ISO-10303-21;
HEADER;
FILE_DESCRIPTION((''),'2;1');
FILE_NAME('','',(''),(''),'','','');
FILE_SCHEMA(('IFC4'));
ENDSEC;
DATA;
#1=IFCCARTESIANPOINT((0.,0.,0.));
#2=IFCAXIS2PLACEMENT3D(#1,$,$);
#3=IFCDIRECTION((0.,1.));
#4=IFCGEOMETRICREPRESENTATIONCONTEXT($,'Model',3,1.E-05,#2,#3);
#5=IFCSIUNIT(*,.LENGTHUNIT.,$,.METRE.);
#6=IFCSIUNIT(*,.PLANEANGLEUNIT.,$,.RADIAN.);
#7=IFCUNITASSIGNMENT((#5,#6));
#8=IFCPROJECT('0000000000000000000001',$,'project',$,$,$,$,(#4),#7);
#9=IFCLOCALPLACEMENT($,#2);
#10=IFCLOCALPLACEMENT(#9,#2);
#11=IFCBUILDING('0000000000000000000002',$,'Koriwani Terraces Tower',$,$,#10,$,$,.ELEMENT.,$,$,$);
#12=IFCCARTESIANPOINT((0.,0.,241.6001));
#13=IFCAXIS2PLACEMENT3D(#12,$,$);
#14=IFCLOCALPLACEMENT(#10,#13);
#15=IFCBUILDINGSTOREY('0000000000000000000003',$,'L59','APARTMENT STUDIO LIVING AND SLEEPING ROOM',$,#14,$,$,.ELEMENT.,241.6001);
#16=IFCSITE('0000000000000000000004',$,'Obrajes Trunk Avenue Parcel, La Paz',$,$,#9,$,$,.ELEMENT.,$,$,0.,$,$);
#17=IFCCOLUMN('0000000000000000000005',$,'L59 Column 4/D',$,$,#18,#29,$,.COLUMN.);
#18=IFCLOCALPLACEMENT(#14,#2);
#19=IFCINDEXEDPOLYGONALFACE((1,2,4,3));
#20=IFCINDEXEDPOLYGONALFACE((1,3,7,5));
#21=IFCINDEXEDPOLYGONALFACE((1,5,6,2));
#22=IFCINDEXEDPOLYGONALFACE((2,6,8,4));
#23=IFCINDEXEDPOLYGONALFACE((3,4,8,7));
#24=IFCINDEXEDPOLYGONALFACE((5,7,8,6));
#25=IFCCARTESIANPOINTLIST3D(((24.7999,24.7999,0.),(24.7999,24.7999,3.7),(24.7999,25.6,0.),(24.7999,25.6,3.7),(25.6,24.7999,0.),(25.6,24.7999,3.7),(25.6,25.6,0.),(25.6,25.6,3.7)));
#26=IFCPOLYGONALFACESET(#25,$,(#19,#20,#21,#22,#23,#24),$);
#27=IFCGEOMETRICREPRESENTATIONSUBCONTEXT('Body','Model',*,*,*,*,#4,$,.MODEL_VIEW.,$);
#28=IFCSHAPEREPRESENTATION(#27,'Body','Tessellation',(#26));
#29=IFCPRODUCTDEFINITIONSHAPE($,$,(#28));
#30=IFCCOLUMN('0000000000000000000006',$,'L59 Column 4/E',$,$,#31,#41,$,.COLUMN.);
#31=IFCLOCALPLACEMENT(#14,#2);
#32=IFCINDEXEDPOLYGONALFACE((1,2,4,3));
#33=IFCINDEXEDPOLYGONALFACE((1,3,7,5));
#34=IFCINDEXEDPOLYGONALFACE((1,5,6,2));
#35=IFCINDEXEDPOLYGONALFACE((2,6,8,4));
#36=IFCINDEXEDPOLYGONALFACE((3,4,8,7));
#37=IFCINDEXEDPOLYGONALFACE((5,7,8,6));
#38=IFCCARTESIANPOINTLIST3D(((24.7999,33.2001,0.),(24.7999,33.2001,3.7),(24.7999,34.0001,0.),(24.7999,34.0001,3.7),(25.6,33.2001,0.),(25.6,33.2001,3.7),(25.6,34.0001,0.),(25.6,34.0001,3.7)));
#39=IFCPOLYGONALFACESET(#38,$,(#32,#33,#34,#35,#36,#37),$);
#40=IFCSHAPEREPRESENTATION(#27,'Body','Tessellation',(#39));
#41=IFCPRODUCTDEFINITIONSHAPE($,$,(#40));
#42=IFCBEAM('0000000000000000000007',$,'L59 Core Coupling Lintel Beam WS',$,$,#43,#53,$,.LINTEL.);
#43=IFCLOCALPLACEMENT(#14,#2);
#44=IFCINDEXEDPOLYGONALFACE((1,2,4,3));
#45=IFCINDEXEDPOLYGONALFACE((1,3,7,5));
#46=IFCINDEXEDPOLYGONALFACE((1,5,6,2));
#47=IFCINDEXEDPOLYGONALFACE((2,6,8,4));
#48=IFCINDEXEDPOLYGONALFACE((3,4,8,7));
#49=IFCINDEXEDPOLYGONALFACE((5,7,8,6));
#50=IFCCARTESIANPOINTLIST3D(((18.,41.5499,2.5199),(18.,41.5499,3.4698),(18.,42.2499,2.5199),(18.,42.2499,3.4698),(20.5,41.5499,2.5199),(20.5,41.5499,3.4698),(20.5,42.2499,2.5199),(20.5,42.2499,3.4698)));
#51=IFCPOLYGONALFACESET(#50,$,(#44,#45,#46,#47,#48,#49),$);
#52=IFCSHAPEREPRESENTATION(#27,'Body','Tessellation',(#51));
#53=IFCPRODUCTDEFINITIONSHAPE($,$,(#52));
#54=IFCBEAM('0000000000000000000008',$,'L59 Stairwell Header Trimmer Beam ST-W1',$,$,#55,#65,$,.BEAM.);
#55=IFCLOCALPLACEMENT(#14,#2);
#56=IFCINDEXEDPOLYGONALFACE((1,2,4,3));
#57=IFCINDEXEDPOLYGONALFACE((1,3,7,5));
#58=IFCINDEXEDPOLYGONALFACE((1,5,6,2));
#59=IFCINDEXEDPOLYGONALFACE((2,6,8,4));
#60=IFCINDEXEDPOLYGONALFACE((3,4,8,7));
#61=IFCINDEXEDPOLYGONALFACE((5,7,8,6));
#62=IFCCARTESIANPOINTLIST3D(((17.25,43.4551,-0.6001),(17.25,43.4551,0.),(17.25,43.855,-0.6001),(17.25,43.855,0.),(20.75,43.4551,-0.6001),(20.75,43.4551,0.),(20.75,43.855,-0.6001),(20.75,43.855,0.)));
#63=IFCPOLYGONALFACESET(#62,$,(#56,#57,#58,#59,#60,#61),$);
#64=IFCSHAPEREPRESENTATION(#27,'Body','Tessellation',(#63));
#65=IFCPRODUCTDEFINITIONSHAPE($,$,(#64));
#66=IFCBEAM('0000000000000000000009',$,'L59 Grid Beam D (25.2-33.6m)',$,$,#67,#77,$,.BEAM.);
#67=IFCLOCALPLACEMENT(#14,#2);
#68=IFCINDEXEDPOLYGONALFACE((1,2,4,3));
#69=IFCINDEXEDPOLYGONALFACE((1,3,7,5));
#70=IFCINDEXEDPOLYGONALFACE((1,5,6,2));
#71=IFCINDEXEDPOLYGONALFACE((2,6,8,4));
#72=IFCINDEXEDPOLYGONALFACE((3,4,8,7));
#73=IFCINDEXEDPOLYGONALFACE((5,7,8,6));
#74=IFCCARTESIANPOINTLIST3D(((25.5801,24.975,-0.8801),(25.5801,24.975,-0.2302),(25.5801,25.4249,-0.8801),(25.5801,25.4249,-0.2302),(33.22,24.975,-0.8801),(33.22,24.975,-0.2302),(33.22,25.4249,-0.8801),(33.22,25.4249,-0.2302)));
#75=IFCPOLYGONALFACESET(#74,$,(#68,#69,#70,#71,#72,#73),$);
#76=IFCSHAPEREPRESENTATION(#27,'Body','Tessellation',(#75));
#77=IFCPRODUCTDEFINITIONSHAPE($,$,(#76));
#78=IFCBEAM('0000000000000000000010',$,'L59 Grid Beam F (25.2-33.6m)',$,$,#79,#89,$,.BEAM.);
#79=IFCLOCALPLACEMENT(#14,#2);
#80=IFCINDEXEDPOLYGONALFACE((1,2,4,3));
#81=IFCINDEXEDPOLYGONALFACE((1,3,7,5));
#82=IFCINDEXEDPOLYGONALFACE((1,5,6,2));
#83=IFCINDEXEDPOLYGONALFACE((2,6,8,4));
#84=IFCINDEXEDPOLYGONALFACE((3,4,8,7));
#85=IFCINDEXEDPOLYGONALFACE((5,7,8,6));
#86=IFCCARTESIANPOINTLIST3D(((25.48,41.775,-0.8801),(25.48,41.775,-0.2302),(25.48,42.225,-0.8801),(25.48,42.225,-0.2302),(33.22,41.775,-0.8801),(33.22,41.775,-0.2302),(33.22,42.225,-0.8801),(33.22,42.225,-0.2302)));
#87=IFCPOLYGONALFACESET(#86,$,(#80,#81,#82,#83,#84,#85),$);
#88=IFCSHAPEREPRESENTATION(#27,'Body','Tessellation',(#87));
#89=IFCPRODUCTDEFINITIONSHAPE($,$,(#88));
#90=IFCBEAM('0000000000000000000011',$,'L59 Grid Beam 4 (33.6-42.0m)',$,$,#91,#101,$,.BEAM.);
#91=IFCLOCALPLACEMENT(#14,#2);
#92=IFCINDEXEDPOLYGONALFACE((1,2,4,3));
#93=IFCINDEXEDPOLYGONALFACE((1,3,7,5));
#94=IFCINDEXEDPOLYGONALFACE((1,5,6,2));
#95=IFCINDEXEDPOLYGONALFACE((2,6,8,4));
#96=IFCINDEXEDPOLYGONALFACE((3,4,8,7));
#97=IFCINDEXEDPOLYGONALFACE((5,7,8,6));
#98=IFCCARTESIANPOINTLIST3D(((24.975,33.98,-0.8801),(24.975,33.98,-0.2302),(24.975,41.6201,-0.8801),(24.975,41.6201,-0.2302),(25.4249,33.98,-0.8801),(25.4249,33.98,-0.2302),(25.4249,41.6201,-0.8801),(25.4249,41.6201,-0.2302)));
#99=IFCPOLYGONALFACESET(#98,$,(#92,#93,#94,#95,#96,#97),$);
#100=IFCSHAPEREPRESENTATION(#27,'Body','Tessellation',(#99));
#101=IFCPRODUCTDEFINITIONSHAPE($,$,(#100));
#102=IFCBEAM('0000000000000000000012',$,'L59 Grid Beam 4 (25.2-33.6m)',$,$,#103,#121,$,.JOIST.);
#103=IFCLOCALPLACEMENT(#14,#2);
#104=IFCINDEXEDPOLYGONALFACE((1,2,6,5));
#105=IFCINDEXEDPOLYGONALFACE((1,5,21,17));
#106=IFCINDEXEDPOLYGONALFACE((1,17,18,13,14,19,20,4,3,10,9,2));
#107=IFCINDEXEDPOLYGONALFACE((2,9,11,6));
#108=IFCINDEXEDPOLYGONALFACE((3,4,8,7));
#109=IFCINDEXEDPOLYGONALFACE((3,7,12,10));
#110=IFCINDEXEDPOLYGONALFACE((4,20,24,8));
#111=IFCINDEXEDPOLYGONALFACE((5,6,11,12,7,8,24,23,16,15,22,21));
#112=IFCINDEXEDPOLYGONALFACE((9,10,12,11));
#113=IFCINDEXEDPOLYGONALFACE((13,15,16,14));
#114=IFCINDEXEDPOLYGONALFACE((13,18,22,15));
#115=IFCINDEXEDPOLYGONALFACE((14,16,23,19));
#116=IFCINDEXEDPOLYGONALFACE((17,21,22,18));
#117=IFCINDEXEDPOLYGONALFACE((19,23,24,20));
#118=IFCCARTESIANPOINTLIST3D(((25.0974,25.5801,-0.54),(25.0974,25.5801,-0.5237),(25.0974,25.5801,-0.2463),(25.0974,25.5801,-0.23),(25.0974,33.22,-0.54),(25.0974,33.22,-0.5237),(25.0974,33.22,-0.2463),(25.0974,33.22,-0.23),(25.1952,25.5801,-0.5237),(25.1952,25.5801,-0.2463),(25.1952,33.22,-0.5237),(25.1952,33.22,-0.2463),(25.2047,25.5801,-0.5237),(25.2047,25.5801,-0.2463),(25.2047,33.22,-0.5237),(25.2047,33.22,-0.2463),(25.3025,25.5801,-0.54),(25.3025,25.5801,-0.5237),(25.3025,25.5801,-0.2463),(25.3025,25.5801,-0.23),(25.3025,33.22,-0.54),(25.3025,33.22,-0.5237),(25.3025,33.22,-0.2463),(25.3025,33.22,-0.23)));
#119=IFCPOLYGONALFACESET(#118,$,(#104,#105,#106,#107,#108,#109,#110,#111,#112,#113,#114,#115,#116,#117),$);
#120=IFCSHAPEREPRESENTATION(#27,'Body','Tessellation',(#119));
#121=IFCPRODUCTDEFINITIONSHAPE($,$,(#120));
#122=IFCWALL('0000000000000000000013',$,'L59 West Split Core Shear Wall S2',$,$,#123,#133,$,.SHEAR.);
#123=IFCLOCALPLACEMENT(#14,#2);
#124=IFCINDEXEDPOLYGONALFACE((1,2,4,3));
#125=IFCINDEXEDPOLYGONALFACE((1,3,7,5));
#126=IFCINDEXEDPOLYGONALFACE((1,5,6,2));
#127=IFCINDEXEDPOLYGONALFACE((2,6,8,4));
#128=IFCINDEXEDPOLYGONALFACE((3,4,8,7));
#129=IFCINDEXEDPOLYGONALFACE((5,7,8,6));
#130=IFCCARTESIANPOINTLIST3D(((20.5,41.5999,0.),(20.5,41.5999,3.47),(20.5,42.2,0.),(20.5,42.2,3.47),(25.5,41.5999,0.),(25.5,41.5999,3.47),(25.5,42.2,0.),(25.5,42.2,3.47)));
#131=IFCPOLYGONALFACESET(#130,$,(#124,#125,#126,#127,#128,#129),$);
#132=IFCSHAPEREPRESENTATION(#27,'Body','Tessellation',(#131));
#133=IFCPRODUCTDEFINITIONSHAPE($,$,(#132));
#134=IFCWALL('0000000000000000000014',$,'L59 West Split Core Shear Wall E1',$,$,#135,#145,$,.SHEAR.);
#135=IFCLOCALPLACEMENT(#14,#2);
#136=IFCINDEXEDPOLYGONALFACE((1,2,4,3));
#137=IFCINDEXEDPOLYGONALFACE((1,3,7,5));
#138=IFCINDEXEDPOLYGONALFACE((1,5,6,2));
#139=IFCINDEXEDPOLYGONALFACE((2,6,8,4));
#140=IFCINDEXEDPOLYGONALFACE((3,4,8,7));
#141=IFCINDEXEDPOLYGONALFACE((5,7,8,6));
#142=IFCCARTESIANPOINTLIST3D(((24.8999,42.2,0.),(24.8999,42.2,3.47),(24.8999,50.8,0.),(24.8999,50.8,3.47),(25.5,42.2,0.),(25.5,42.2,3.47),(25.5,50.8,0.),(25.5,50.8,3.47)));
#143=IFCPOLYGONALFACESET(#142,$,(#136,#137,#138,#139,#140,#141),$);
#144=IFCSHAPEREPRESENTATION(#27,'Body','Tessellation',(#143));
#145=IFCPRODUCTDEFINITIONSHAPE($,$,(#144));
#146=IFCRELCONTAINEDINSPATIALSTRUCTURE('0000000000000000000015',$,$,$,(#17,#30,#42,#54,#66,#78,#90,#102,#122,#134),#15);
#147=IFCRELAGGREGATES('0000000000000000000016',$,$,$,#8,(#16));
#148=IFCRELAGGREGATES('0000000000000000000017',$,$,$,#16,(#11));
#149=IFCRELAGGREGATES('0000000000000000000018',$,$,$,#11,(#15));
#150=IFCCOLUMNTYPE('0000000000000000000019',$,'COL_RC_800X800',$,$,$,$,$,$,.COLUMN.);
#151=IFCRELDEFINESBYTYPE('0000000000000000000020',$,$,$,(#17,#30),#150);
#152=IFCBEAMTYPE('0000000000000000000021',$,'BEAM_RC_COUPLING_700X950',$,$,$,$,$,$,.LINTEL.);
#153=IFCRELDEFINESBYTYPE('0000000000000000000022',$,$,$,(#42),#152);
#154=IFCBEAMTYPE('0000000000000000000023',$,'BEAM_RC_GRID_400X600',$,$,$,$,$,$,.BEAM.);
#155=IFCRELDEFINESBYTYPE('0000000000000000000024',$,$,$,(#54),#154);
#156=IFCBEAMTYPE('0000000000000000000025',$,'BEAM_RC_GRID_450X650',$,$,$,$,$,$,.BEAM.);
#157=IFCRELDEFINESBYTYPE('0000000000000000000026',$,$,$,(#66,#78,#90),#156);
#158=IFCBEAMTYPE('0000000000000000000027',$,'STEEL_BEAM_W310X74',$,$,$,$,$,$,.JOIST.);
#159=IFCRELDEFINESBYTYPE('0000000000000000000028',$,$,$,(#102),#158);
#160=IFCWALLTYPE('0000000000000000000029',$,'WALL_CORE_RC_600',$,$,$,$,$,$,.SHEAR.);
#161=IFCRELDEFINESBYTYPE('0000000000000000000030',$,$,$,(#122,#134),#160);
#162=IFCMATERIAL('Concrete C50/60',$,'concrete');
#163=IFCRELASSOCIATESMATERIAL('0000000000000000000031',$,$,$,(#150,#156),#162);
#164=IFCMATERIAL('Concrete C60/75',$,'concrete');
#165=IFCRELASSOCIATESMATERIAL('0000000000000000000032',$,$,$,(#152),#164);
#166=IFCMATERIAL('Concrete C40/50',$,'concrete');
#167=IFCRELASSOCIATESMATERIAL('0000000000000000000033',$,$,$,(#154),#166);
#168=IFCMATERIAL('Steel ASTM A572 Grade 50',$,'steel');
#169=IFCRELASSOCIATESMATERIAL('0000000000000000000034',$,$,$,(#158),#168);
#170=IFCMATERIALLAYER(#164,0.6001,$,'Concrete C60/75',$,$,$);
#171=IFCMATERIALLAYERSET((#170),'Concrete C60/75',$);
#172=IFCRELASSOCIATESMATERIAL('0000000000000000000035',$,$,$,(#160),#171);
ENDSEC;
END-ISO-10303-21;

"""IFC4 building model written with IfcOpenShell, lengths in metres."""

from ifc_helpers import new_model, si_unit, direction, frame, frame_2d, origin, origin_2d, place, context, subcontext, project, spatial, rectangle, i_section, extrude, material, layer, layer_set, material_profile, profile_set, type_object, element, save


model = new_model("IFC4")

# Units and contexts
model_context = context("Model", 3, precision=1e-05, world=origin(), true_north=direction((0.0, 1.0)))
body_context = subcontext(model_context, "Body", "Model", "MODEL_VIEW")
ifc_project = project(units=[si_unit("LENGTHUNIT", "METRE"), si_unit("PLANEANGLEUNIT", "RADIAN")], contexts=[model_context])

# Site, building, storey
site_placement = place(None, origin())
site = spatial("IfcSite", under=ifc_project, at=site_placement, Name="Obrajes Trunk Avenue Parcel, La Paz", CompositionType="ELEMENT", RefElevation=0.0)
building_placement = place(site_placement, origin())
building = spatial("IfcBuilding", under=site, at=building_placement, Name="Koriwani Terraces Tower", CompositionType="ELEMENT")
storey_placement = place(building_placement, frame((0.0, 0.0, 241.6001)))
storey = spatial("IfcBuildingStorey", under=building, at=storey_placement, Name="L59", Description="APARTMENT STUDIO LIVING AND SLEEPING ROOM", CompositionType="ELEMENT", Elevation=241.6001)

# Columns
ifc_material_1 = material(Name="Concrete C50/60", Category="concrete")
ifc_material_profile_1 = material_profile(ifc_material_1, rectangle(XDim=0.8, YDim=0.8, at=origin_2d()), Name="Concrete C50/60", Category="LoadBearing")
ifc_profile_set_1 = profile_set([ifc_material_profile_1], Name="Concrete C50/60")
column_type = type_object("IfcColumnType", Name="COL_RC_800X800", PredefinedType="COLUMN", material=ifc_profile_set_1)
for number, where, z_axis, x_axis, name in (
    (1, (25.2, 25.2, 0.0), (0.0, 0.0, 1.0), (1.0, 0.0, 0.0), "L59 Column 4/D"),
    (2, (25.2, 33.6001, 0.0), (0.0, 0.0, 1.0), (1.0, 0.0, 0.0), "L59 Column 4/E"),
):
    element("IfcColumn", number, at=place(storey_placement, frame(where, z_axis=z_axis, x_axis=x_axis)), inside=storey, type_object=column_type, Name=name, PredefinedType="COLUMN", context=body_context, shape_type="SweptSolid", body=[
        extrude(rectangle(XDim=0.8, YDim=0.8, at=origin_2d()), origin(), (0.0, 0.0, 1.0), 3.7),
    ])

# Beams
ifc_material_2 = material(Name="Concrete C60/75", Category="concrete")
ifc_material_profile_2 = material_profile(ifc_material_2, rectangle(XDim=0.7, YDim=0.95, at=origin_2d()), Name="Concrete C60/75", Category="LoadBearing")
ifc_profile_set_2 = profile_set([ifc_material_profile_2], Name="Concrete C60/75")
beam_type_1 = type_object("IfcBeamType", Name="BEAM_RC_COUPLING_700X950", PredefinedType="LINTEL", material=ifc_profile_set_2)
beam_1_placement = place(storey_placement, frame((18.0, 41.8999, 2.9949), z_axis=(1.0, 0.0, 0.0), x_axis=(0.0, 1.0, 0.0)))
element("IfcBeam", 3, at=beam_1_placement, inside=storey, type_object=beam_type_1, Name="L59 Core Coupling Lintel Beam WS", PredefinedType="LINTEL", context=body_context, shape_type="SweptSolid", body=[
    extrude(rectangle(XDim=0.7, YDim=0.95, at=origin_2d()), origin(), (0.0, 0.0, 1.0), 2.5),
])
ifc_material_3 = material(Name="Concrete C40/50", Category="concrete")
ifc_material_profile_3 = material_profile(ifc_material_3, rectangle(XDim=0.3999, YDim=0.6001, at=origin_2d()), Name="Concrete C40/50", Category="LoadBearing")
ifc_profile_set_3 = profile_set([ifc_material_profile_3], Name="Concrete C40/50")
beam_type_2 = type_object("IfcBeamType", Name="BEAM_RC_GRID_400X600", PredefinedType="BEAM", material=ifc_profile_set_3)
beam_2_placement = place(storey_placement, frame((17.25, 43.655, -0.3), z_axis=(1.0, 0.0, 0.0), x_axis=(0.0, 1.0, 0.0)))
element("IfcBeam", 4, at=beam_2_placement, inside=storey, type_object=beam_type_2, Name="L59 Stairwell Header Trimmer Beam ST-W1", PredefinedType="BEAM", context=body_context, shape_type="SweptSolid", body=[
    extrude(rectangle(XDim=0.3999, YDim=0.6001, at=origin_2d()), origin(), (0.0, 0.0, 1.0), 3.5),
])
ifc_material_profile_4 = material_profile(ifc_material_1, rectangle(XDim=0.45, YDim=0.6499, at=origin_2d()), Name="Concrete C50/60", Category="LoadBearing")
ifc_profile_set_4 = profile_set([ifc_material_profile_4], Name="Concrete C50/60")
beam_type_3 = type_object("IfcBeamType", Name="BEAM_RC_GRID_450X650", PredefinedType="BEAM", material=ifc_profile_set_4)
beam_3_placement = place(storey_placement, frame((25.5801, 25.2, -0.5552), z_axis=(1.0, 0.0, 0.0), x_axis=(0.0, 1.0, 0.0)))
element("IfcBeam", 5, at=beam_3_placement, inside=storey, type_object=beam_type_3, Name="L59 Grid Beam D (25.2-33.6m)", PredefinedType="BEAM", context=body_context, shape_type="SweptSolid", body=[
    extrude(rectangle(XDim=0.45, YDim=0.6499, at=origin_2d()), origin(), (0.0, 0.0, 1.0), 7.6399),
])
beam_4_placement = place(storey_placement, frame((25.48, 42.0, -0.5552), z_axis=(1.0, 0.0, 0.0), x_axis=(0.0, 1.0, 0.0)))
element("IfcBeam", 6, at=beam_4_placement, inside=storey, type_object=beam_type_3, Name="L59 Grid Beam F (25.2-33.6m)", PredefinedType="BEAM", context=body_context, shape_type="SweptSolid", body=[
    extrude(rectangle(XDim=0.45, YDim=0.6499, at=origin_2d()), origin(), (0.0, 0.0, 1.0), 7.74),
])
beam_5_placement = place(storey_placement, frame((25.2, 33.98, -0.5552), z_axis=(0.0, 1.0, 0.0), x_axis=(-1.0, 0.0, 0.0)))
element("IfcBeam", 7, at=beam_5_placement, inside=storey, type_object=beam_type_3, Name="L59 Grid Beam 4 (33.6-42.0m)", PredefinedType="BEAM", context=body_context, shape_type="SweptSolid", body=[
    extrude(rectangle(XDim=0.45, YDim=0.6499, at=origin_2d()), origin(), (0.0, 0.0, 1.0), 7.6401),
])
ifc_material_4 = material(Name="Steel ASTM A572 Grade 50", Category="steel")
ifc_material_profile_5 = material_profile(ifc_material_4, i_section(OverallWidth=0.2051, OverallDepth=0.3101, WebThickness=0.0095, FlangeThickness=0.0164, at=origin_2d()), Name="Steel ASTM A572 Grade 50", Category="LoadBearing")
ifc_profile_set_5 = profile_set([ifc_material_profile_5], Name="Steel ASTM A572 Grade 50")
beam_type_4 = type_object("IfcBeamType", Name="STEEL_BEAM_W310X74", PredefinedType="JOIST", material=ifc_profile_set_5)
beam_6_placement = place(storey_placement, frame((25.2, 25.5801, -0.385), z_axis=(0.0, 1.0, 0.0), x_axis=(-1.0, 0.0, 0.0)))
element("IfcBeam", 8, at=beam_6_placement, inside=storey, type_object=beam_type_4, Name="L59 Grid Beam 4 (25.2-33.6m)", PredefinedType="JOIST", context=body_context, shape_type="SweptSolid", body=[
    extrude(i_section(OverallWidth=0.2051, OverallDepth=0.3101, WebThickness=0.0095, FlangeThickness=0.0164, at=origin_2d()), origin(), (0.0, 0.0, 1.0), 7.6399),
])

# Walls
ifc_layer_1 = layer(ifc_material_2, 0.6001, Name="Concrete C60/75")
ifc_layer_set_1 = layer_set([ifc_layer_1], Name="Concrete C60/75")
wall_type_1 = type_object("IfcWallType", Name="WALL_CORE_RC_600", PredefinedType="SHEAR", material=ifc_layer_set_1)
wall_1_placement = place(storey_placement, frame((20.5, 41.8999, 0.0), z_axis=(0.0, 0.0, 1.0), x_axis=(1.0, 0.0, 0.0)))
element("IfcWall", 9, at=wall_1_placement, inside=storey, type_object=wall_type_1, Name="L59 West Split Core Shear Wall S2", PredefinedType="SHEAR", context=body_context, shape_type="SweptSolid", body=[
    extrude(rectangle(XDim=5.0, YDim=0.6001, at=frame_2d((2.5, 0.0))), origin(), (0.0, 0.0, 1.0), 3.47),
])
wall_2_placement = place(storey_placement, frame((25.2, 42.2, 0.0), z_axis=(0.0, 0.0, 1.0), x_axis=(0.0, 1.0, 0.0)))
element("IfcWall", 10, at=wall_2_placement, inside=storey, type_object=wall_type_1, Name="L59 West Split Core Shear Wall E1", PredefinedType="SHEAR", context=body_context, shape_type="SweptSolid", body=[
    extrude(rectangle(XDim=8.6001, YDim=0.6001, at=frame_2d((4.3, 0.0))), origin(), (0.0, 0.0, 1.0), 3.47),
])

save(model, "model.ifc")
